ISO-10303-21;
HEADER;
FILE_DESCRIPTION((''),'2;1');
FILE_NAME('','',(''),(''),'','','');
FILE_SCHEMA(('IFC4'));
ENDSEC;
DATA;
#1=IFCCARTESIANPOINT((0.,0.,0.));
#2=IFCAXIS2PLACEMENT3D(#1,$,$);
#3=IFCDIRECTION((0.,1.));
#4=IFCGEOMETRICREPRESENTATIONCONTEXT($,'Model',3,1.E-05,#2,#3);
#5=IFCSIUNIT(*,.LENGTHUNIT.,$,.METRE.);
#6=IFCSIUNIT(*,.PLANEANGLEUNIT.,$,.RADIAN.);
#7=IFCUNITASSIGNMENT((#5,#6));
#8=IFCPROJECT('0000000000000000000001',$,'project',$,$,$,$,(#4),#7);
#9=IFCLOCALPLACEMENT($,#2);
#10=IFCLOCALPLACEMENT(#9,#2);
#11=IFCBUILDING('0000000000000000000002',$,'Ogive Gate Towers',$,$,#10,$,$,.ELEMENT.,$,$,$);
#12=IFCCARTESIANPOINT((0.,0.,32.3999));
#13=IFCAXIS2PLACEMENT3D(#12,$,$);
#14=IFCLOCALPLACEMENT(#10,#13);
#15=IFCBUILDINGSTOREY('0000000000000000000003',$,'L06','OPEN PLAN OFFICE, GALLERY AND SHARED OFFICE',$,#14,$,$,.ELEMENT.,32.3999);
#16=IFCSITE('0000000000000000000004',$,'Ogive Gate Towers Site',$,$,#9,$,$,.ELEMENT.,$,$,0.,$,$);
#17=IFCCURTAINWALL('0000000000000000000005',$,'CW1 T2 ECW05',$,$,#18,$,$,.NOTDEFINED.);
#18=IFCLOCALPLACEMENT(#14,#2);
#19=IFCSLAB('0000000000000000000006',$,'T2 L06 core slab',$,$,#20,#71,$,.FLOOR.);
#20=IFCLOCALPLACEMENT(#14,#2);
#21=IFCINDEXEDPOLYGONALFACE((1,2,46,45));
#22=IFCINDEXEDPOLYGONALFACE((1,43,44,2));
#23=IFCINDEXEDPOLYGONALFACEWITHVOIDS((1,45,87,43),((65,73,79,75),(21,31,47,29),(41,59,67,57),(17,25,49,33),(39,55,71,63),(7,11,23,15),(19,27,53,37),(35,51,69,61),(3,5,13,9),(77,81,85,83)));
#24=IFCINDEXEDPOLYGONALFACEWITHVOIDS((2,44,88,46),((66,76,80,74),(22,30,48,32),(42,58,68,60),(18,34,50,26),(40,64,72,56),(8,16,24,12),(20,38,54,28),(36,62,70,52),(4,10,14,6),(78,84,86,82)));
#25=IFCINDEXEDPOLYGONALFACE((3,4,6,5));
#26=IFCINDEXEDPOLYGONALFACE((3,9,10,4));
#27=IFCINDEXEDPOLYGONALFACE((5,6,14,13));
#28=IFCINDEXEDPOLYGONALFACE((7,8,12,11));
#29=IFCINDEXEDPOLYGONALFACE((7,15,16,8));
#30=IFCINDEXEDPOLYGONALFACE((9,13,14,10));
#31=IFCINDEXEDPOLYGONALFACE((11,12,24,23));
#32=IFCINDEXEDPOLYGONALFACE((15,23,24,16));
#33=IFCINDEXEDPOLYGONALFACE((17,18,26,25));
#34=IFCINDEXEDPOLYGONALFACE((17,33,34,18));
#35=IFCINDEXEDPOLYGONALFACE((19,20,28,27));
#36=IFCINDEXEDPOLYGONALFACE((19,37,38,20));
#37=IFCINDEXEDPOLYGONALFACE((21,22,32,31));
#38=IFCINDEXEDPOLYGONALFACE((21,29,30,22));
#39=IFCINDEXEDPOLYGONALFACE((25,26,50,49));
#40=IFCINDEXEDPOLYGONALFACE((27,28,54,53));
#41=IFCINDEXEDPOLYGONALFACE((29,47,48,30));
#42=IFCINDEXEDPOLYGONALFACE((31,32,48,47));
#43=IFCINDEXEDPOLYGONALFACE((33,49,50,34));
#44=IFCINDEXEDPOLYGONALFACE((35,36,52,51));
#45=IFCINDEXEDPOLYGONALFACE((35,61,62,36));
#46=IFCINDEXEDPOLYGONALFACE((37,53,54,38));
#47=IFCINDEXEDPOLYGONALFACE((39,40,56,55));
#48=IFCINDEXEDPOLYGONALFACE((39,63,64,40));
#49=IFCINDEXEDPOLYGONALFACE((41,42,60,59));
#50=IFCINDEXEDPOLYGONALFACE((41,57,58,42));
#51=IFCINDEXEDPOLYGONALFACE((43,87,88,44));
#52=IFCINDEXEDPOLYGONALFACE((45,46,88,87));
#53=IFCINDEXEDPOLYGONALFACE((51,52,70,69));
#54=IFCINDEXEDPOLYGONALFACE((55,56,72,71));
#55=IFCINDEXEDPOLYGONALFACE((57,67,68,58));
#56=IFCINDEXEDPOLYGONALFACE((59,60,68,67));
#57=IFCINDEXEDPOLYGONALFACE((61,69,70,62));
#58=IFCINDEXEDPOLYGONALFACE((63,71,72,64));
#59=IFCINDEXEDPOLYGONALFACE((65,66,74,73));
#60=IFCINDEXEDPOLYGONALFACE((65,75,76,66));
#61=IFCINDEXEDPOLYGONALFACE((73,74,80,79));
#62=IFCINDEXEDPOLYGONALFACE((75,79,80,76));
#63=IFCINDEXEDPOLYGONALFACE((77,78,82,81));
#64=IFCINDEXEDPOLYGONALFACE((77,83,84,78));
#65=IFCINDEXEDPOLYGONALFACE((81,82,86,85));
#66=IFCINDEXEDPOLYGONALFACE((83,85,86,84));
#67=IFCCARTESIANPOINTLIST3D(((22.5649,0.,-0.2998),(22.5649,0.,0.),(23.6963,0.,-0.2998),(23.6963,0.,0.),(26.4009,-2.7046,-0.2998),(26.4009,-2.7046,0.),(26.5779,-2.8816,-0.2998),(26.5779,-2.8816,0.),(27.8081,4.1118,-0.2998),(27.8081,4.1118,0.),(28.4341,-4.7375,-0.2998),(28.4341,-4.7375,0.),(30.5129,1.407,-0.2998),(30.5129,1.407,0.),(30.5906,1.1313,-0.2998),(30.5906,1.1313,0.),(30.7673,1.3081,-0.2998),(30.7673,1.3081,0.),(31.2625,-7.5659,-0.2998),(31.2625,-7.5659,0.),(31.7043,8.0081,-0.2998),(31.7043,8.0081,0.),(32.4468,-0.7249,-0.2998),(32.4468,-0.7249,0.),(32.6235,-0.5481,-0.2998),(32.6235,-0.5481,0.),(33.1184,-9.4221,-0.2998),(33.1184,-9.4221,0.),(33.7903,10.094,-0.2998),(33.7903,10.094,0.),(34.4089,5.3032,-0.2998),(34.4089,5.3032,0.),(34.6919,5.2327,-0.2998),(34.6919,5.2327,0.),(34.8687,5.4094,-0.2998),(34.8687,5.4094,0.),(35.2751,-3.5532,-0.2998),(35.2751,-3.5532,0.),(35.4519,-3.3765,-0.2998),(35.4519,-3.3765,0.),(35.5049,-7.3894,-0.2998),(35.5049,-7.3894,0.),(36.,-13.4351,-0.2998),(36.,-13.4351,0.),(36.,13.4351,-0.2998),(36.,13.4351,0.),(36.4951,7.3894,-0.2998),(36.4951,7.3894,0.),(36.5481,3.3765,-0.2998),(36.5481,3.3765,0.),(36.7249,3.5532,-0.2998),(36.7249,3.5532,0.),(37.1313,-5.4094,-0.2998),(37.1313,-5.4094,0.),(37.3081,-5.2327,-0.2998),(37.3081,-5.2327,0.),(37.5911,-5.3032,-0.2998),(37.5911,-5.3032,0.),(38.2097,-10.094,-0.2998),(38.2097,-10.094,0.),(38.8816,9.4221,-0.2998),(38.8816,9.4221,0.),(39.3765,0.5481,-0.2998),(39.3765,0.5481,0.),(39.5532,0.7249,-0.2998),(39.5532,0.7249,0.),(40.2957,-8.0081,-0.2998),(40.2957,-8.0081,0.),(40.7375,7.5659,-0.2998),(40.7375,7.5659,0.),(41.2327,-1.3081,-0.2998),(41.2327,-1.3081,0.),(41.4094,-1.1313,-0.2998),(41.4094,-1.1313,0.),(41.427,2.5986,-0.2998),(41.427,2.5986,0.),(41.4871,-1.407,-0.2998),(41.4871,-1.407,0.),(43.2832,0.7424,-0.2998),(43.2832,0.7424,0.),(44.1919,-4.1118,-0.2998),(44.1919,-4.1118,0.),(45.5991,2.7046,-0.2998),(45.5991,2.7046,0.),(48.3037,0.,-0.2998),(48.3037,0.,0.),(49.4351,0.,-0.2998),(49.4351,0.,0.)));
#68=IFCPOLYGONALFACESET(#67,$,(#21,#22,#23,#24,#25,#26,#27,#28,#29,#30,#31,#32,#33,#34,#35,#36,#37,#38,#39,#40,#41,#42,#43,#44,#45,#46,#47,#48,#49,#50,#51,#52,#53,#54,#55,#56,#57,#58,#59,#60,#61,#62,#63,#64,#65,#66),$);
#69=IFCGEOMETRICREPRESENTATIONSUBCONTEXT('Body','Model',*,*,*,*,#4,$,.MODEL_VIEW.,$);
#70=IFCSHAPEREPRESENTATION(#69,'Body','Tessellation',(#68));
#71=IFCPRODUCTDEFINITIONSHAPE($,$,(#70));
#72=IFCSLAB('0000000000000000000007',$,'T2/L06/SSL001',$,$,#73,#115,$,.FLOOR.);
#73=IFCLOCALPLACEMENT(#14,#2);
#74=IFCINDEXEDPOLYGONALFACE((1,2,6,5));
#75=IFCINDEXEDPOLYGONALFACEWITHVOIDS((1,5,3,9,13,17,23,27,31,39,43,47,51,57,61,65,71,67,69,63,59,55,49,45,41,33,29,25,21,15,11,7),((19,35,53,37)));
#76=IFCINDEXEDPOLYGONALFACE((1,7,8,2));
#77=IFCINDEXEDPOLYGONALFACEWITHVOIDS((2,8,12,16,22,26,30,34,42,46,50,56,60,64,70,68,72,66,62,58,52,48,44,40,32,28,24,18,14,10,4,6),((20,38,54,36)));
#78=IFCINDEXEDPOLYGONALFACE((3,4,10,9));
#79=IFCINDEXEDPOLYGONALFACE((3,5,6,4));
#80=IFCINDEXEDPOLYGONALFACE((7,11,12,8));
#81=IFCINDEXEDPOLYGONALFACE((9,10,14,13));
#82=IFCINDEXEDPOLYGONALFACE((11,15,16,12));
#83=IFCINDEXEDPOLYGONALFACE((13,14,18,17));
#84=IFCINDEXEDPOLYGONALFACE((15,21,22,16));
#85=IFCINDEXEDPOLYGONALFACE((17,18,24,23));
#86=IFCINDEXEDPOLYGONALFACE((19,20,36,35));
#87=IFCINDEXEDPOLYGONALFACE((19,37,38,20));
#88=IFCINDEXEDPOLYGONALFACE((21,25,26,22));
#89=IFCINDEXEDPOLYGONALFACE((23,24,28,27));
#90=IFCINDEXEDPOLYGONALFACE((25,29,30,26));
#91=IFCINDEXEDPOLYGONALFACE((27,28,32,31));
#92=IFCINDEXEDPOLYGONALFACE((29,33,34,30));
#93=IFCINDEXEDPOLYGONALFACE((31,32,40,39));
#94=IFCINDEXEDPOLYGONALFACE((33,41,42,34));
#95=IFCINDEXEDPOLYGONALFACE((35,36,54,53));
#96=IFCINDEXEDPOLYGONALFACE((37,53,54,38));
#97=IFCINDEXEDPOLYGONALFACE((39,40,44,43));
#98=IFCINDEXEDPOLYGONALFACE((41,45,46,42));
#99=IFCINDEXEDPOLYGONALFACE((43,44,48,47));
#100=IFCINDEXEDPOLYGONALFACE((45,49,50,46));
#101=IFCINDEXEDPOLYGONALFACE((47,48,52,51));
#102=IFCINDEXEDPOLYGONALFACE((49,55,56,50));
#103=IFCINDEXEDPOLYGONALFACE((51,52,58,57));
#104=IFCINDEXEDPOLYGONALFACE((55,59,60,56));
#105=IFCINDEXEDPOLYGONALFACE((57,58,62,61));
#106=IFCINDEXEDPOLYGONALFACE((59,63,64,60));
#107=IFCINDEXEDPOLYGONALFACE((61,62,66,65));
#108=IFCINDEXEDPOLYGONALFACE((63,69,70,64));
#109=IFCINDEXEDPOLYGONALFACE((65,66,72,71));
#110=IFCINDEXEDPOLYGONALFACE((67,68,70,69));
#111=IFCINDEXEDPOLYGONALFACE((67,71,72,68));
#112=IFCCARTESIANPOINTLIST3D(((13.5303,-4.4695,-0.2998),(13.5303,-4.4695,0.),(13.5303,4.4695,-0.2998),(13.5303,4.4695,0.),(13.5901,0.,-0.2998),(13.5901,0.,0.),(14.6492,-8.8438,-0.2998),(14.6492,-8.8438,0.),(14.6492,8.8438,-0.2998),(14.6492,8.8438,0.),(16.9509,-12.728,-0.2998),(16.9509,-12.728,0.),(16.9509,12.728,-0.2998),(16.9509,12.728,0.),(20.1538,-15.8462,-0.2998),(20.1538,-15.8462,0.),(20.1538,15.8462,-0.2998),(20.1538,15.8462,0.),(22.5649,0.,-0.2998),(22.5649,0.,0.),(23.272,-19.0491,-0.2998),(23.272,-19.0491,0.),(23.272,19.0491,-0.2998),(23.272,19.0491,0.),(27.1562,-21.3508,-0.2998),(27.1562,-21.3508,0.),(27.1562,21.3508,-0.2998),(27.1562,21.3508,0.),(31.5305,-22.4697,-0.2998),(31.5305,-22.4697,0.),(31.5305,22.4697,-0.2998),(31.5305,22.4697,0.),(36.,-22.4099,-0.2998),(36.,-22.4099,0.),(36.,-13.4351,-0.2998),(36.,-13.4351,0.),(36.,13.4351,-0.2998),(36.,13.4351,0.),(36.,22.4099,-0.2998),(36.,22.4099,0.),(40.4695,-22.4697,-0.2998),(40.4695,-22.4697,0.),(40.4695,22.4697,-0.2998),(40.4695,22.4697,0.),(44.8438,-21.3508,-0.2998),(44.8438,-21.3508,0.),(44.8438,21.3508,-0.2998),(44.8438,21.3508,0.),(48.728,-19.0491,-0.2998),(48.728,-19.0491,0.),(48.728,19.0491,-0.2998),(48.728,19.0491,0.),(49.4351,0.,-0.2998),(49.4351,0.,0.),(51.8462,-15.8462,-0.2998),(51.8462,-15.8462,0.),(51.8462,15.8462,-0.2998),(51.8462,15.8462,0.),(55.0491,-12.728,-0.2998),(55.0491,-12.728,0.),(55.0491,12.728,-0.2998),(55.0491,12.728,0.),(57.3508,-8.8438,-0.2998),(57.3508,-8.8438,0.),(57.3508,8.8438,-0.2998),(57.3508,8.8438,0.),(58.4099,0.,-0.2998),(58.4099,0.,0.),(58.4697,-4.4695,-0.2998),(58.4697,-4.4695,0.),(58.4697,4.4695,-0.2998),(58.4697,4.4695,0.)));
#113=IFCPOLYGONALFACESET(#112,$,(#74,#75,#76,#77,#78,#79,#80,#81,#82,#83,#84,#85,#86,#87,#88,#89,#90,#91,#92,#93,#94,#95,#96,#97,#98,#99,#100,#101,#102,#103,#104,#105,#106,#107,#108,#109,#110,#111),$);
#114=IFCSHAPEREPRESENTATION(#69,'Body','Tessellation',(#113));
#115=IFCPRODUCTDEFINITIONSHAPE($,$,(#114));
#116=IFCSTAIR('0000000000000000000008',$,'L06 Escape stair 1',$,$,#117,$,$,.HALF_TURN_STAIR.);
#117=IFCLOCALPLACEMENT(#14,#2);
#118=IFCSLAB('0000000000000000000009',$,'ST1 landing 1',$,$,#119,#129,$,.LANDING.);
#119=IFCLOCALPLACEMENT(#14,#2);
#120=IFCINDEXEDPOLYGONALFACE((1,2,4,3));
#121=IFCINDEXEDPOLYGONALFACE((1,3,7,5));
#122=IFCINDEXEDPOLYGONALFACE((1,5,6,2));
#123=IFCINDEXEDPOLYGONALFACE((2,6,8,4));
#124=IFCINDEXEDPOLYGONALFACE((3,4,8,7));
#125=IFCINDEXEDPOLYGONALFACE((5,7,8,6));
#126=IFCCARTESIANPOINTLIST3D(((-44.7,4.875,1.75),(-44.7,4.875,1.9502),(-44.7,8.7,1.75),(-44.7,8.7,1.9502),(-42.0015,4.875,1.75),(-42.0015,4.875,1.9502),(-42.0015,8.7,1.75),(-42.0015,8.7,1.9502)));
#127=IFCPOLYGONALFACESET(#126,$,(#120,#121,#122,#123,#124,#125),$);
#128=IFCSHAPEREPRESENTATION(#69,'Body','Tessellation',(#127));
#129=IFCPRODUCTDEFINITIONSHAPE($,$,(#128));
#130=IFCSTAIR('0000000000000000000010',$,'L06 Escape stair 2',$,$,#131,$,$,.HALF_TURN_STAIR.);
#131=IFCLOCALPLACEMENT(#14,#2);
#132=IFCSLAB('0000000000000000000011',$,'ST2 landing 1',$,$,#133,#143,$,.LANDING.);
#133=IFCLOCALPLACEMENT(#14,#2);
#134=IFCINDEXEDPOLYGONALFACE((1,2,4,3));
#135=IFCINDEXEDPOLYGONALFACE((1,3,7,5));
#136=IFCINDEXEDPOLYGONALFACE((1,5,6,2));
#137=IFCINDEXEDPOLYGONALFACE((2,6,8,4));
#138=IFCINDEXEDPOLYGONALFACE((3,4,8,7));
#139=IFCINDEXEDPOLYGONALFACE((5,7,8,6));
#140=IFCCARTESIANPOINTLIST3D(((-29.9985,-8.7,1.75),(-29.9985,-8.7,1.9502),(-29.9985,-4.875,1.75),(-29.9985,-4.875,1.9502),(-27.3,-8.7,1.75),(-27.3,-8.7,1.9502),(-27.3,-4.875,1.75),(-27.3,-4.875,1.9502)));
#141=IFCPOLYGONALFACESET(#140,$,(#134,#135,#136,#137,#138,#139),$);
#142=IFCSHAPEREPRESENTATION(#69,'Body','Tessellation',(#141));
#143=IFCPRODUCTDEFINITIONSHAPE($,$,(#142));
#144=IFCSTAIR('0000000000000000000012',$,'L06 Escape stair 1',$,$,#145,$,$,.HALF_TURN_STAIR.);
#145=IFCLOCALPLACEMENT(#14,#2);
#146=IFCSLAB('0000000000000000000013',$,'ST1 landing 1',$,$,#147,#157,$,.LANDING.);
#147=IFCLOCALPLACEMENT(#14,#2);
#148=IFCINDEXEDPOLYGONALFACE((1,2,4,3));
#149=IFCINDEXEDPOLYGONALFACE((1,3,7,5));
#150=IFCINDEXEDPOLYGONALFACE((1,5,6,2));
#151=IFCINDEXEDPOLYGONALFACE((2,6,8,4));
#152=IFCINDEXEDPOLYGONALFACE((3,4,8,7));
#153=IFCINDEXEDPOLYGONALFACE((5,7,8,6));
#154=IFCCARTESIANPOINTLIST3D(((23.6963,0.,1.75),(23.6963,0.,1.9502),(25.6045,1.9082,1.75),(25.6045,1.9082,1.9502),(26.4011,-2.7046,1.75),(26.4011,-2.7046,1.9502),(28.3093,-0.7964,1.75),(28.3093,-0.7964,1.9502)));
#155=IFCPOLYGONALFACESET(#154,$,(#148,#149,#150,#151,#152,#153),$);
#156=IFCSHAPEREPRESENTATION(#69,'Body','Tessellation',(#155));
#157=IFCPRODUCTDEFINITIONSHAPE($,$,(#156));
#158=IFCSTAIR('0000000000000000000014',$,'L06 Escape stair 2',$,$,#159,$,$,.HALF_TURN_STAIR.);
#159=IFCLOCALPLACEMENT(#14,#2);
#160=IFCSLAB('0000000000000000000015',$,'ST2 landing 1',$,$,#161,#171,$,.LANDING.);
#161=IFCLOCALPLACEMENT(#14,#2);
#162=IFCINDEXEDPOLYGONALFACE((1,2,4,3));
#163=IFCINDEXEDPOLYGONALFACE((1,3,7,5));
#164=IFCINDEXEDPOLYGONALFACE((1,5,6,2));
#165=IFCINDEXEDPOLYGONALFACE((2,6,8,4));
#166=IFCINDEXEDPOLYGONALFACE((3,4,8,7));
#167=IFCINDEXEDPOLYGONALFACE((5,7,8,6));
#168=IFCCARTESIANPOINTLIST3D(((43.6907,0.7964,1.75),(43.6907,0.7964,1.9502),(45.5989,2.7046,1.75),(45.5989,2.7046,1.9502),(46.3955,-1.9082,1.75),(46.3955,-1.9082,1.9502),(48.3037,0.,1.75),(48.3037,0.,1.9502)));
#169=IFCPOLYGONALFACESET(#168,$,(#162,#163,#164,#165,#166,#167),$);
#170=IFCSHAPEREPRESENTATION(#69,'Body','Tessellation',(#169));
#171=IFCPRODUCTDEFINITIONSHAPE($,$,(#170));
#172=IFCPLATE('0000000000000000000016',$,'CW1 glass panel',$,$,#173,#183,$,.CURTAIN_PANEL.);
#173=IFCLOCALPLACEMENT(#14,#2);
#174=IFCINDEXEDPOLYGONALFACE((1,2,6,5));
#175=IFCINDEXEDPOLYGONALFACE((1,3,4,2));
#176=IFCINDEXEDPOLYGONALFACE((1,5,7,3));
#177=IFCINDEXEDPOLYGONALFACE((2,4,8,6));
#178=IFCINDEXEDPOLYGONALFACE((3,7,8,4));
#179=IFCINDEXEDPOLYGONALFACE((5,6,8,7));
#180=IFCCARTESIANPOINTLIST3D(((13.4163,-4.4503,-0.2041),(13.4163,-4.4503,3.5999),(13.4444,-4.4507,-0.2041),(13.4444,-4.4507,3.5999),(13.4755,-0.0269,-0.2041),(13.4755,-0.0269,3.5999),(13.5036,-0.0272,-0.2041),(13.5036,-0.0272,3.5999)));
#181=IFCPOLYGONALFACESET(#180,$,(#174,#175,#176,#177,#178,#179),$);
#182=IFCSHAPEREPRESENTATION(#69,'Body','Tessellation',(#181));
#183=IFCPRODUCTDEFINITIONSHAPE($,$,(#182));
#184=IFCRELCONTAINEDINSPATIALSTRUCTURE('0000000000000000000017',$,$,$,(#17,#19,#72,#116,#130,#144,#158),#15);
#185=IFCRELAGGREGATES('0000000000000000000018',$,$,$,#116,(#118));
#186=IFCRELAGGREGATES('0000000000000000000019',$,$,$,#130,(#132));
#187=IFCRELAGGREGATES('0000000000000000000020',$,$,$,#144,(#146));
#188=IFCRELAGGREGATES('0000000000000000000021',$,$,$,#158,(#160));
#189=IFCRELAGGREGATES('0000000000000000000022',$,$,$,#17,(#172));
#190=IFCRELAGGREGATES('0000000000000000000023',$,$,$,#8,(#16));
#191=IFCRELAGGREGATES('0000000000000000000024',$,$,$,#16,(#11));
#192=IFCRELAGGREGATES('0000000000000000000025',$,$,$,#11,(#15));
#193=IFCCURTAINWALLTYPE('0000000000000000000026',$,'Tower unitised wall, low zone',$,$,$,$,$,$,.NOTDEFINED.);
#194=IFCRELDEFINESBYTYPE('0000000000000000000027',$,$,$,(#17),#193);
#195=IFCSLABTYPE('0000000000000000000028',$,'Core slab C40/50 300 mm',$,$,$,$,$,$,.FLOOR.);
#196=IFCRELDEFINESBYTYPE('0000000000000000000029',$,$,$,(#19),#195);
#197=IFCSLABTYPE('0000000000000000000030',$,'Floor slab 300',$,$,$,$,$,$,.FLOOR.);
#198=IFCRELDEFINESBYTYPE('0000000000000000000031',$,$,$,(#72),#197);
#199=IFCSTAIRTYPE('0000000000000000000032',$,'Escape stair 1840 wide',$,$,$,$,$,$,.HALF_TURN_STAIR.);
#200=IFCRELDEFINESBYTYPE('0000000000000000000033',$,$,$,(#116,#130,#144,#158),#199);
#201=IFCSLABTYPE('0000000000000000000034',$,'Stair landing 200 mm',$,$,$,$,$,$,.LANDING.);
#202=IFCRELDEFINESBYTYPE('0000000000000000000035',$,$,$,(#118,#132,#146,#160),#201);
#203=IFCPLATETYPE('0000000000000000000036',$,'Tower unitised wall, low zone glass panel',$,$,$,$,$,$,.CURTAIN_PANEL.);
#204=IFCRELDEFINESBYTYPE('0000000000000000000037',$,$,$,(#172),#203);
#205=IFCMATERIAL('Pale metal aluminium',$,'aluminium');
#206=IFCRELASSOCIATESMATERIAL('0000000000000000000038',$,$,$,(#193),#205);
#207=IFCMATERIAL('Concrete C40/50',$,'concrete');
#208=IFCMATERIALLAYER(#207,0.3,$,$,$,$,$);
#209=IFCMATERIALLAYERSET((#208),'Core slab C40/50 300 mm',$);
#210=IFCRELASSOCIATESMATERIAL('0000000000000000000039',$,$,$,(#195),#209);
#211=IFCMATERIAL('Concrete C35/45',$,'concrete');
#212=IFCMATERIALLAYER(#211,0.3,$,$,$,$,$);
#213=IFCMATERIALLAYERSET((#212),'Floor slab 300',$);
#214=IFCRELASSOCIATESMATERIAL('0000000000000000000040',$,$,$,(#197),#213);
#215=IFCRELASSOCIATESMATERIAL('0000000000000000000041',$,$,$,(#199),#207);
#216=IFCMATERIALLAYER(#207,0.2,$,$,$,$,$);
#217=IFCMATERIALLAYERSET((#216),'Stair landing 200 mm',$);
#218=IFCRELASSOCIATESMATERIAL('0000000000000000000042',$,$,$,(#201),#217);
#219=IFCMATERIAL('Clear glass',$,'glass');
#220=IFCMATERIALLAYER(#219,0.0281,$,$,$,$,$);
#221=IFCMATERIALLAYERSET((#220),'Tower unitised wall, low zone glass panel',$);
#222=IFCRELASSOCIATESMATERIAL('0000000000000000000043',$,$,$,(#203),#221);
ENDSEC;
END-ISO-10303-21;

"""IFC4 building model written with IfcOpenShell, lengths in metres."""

from ifc_helpers import new_model, si_unit, direction, frame, origin, origin_2d, place, context, subcontext, project, spatial, polyline, rectangle, outline, extrude, material, layer, layer_set, type_object, element, aggregate, save


model = new_model("IFC4")

# Units and contexts
model_context = context("Model", 3, precision=1e-05, world=origin(), true_north=direction((0.0, 1.0)))
body_context = subcontext(model_context, "Body", "Model", "MODEL_VIEW")
ifc_project = project(units=[si_unit("LENGTHUNIT", "METRE"), si_unit("PLANEANGLEUNIT", "RADIAN")], contexts=[model_context])

# Site, building, storey
site_placement = place(None, origin())
site = spatial("IfcSite", under=ifc_project, at=site_placement, Name="Ogive Gate Towers Site", CompositionType="ELEMENT", RefElevation=0.0)
building_placement = place(site_placement, origin())
building = spatial("IfcBuilding", under=site, at=building_placement, Name="Ogive Gate Towers", CompositionType="ELEMENT")
storey_placement = place(building_placement, frame((0.0, 0.0, 32.3999)))
storey = spatial("IfcBuildingStorey", under=building, at=storey_placement, Name="L06", Description="OPEN PLAN OFFICE, GALLERY AND SHARED OFFICE", CompositionType="ELEMENT", Elevation=32.3999)

# Curtain wall
ifc_material_1 = material(Name="Pale metal aluminium", Category="aluminium")
curtain_wall_type = type_object("IfcCurtainWallType", Name="Tower unitised wall, low zone", PredefinedType="NOTDEFINED", material=ifc_material_1)
curtain_wall_placement = place(storey_placement, origin())
curtain_wall = element("IfcCurtainWall", 1, at=curtain_wall_placement, inside=storey, type_object=curtain_wall_type, Name="CW1 T2 ECW05", PredefinedType="NOTDEFINED")

# Slabs
ifc_material_2 = material(Name="Concrete C40/50", Category="concrete")
ifc_layer_1 = layer(ifc_material_2, 0.3)
ifc_layer_set_1 = layer_set([ifc_layer_1], Name="Core slab C40/50 300 mm")
slab_type_1 = type_object("IfcSlabType", Name="Core slab C40/50 300 mm", PredefinedType="FLOOR", material=ifc_layer_set_1)
slab_1_placement = place(storey_placement, frame((0.0, 0.0, -0.2998)))
element("IfcSlab", 2, at=slab_1_placement, inside=storey, type_object=slab_type_1, Name="T2 L06 core slab", PredefinedType="FLOOR", context=body_context, shape_type="SweptSolid", body=[
    extrude(outline(polyline([(36.0, 13.4351), (49.4351, 0.0), (36.0, -13.4351), (22.5649, 0.0), (36.0, 13.4351)]), holes=[polyline([(30.5906, 1.1313), (26.5779, -2.8816), (28.4341, -4.7375), (32.4468, -0.7249), (30.5906, 1.1313)]), polyline([(36.5481, 3.3765), (34.6919, 5.2327), (30.7673, 1.3081), (32.6235, -0.5481), (36.5481, 3.3765)]), polyline([(36.7249, 3.5532), (40.7375, 7.5659), (38.8816, 9.4221), (34.8687, 5.4094), (36.7249, 3.5532)]), polyline([(31.2625, -7.5659), (33.1184, -9.4221), (37.1313, -5.4094), (35.2751, -3.5532), (31.2625, -7.5659)]), polyline([(39.3765, 0.5481), (35.4519, -3.3765), (37.3081, -5.2327), (41.2327, -1.3081), (39.3765, 0.5481)]), polyline([(43.2832, 0.7424), (41.427, 2.5986), (39.5532, 0.7249), (41.4094, -1.1313), (43.2832, 0.7424)]), polyline([(34.4089, 5.3032), (36.4951, 7.3894), (33.7903, 10.094), (31.7043, 8.0081), (34.4089, 5.3032)]), polyline([(35.5049, -7.3894), (38.2097, -10.094), (40.2957, -8.0081), (37.5911, -5.3032), (35.5049, -7.3894)]), polyline([(26.4009, -2.7046), (30.5129, 1.407), (27.8081, 4.1118), (23.6963, 0.0), (26.4009, -2.7046)]), polyline([(48.3037, 0.0), (45.5991, 2.7046), (41.4871, -1.407), (44.1919, -4.1118), (48.3037, 0.0)])]), origin(), (0.0, 0.0, 1.0), 0.2998),
])
ifc_material_3 = material(Name="Concrete C35/45", Category="concrete")
ifc_layer_2 = layer(ifc_material_3, 0.3)
ifc_layer_set_2 = layer_set([ifc_layer_2], Name="Floor slab 300")
slab_type_2 = type_object("IfcSlabType", Name="Floor slab 300", PredefinedType="FLOOR", material=ifc_layer_set_2)
slab_2_placement = place(storey_placement, frame((0.0, 0.0, -0.2998)))
element("IfcSlab", 3, at=slab_2_placement, inside=storey, type_object=slab_type_2, Name="T2/L06/SSL001", PredefinedType="FLOOR", context=body_context, shape_type="SweptSolid", body=[
    extrude(outline(polyline([(58.4697, -4.4695), (58.4099, 0.0), (58.4697, 4.4695), (57.3508, 8.8438), (55.0491, 12.728), (51.8462, 15.8462), (48.728, 19.0491), (44.8438, 21.3508), (40.4695, 22.4697), (36.0, 22.4099), (31.5305, 22.4697), (27.1562, 21.3508), (23.272, 19.0491), (20.1538, 15.8462), (16.9509, 12.728), (14.6492, 8.8438), (13.5303, 4.4695), (13.5901, 0.0), (13.5303, -4.4695), (14.6492, -8.8438), (16.9509, -12.728), (20.1538, -15.8462), (23.272, -19.0491), (27.1562, -21.3508), (31.5305, -22.4697), (36.0, -22.4099), (40.4695, -22.4697), (44.8438, -21.3508), (48.728, -19.0491), (51.8462, -15.8462), (55.0491, -12.728), (57.3508, -8.8438), (58.4697, -4.4695)]), holes=[polyline([(49.4351, 0.0), (36.0, -13.4351), (22.5649, 0.0), (36.0, 13.4351), (49.4351, 0.0)])]), origin(), (0.0, 0.0, 1.0), 0.2998),
])

# Stairs, slabs
stair_type = type_object("IfcStairType", Name="Escape stair 1840 wide", PredefinedType="HALF_TURN_STAIR", material=ifc_material_2)
stair_1_placement = place(storey_placement, origin())
stair_1 = element("IfcStair", 4, at=stair_1_placement, inside=storey, type_object=stair_type, Name="L06 Escape stair 1", PredefinedType="HALF_TURN_STAIR")
ifc_layer_3 = layer(ifc_material_2, 0.2)
ifc_layer_set_3 = layer_set([ifc_layer_3], Name="Stair landing 200 mm")
slab_type_3 = type_object("IfcSlabType", Name="Stair landing 200 mm", PredefinedType="LANDING", material=ifc_layer_set_3)
slab_3_placement = place(storey_placement, frame((0.0, 0.0, 1.75)))
slab_3 = element("IfcSlab", 5, at=slab_3_placement, type_object=slab_type_3, Name="ST1 landing 1", PredefinedType="LANDING", context=body_context, shape_type="SweptSolid", body=[
    extrude(outline(polyline([(-42.0015, 8.7), (-44.7, 8.7), (-44.7, 4.875), (-42.0015, 4.875), (-42.0015, 8.7)])), origin(), (0.0, 0.0, 1.0), 0.2002),
])
aggregate(stair_1, [slab_3])
stair_2_placement = place(storey_placement, origin())
stair_2 = element("IfcStair", 6, at=stair_2_placement, inside=storey, type_object=stair_type, Name="L06 Escape stair 2", PredefinedType="HALF_TURN_STAIR")
slab_4_placement = place(storey_placement, frame((0.0, 0.0, 1.75)))
slab_4 = element("IfcSlab", 7, at=slab_4_placement, type_object=slab_type_3, Name="ST2 landing 1", PredefinedType="LANDING", context=body_context, shape_type="SweptSolid", body=[
    extrude(outline(polyline([(-29.9985, -8.7), (-27.3, -8.7), (-27.3, -4.875), (-29.9985, -4.875), (-29.9985, -8.7)])), origin(), (0.0, 0.0, 1.0), 0.2002),
])
aggregate(stair_2, [slab_4])
stair_3_placement = place(storey_placement, origin())
stair_3 = element("IfcStair", 8, at=stair_3_placement, inside=storey, type_object=stair_type, Name="L06 Escape stair 1", PredefinedType="HALF_TURN_STAIR")
slab_5_placement = place(storey_placement, frame((0.0, 0.0, 1.75)))
slab_5 = element("IfcSlab", 9, at=slab_5_placement, type_object=slab_type_3, Name="ST1 landing 1", PredefinedType="LANDING", context=body_context, shape_type="SweptSolid", body=[
    extrude(outline(polyline([(25.6045, 1.9082), (23.6963, 0.0), (26.4011, -2.7046), (28.3093, -0.7964), (25.6045, 1.9082)])), origin(), (0.0, 0.0, 1.0), 0.2002),
])
aggregate(stair_3, [slab_5])
stair_4_placement = place(storey_placement, origin())
stair_4 = element("IfcStair", 10, at=stair_4_placement, inside=storey, type_object=stair_type, Name="L06 Escape stair 2", PredefinedType="HALF_TURN_STAIR")
slab_6_placement = place(storey_placement, frame((0.0, 0.0, 1.75)))
slab_6 = element("IfcSlab", 11, at=slab_6_placement, type_object=slab_type_3, Name="ST2 landing 1", PredefinedType="LANDING", context=body_context, shape_type="SweptSolid", body=[
    extrude(outline(polyline([(46.3955, -1.9082), (48.3037, 0.0), (45.5989, 2.7046), (43.6907, 0.7964), (46.3955, -1.9082)])), origin(), (0.0, 0.0, 1.0), 0.2002),
])
aggregate(stair_4, [slab_6])

# Plate
ifc_material_4 = material(Name="Clear glass", Category="glass")
ifc_layer_4 = layer(ifc_material_4, 0.0281)
ifc_layer_set_4 = layer_set([ifc_layer_4], Name="Tower unitised wall, low zone glass panel")
plate_type = type_object("IfcPlateType", Name="Tower unitised wall, low zone glass panel", PredefinedType="CURTAIN_PANEL", material=ifc_layer_set_4)
plate_1_placement = place(storey_placement, frame((13.46, -2.2388, -0.2041), z_axis=(0.0, 0.0, 1.0), x_axis=(-0.013386, -0.99991, 0.0)))
plate_1 = element("IfcPlate", 12, at=plate_1_placement, type_object=plate_type, Name="CW1 glass panel", PredefinedType="CURTAIN_PANEL", context=body_context, shape_type="SweptSolid", body=[
    extrude(rectangle(XDim=4.4238, YDim=0.0281, at=origin_2d()), origin(), (0.0, 0.0, 1.0), 3.804),
])
aggregate(curtain_wall, [plate_1])

save(model, "model.ifc")
